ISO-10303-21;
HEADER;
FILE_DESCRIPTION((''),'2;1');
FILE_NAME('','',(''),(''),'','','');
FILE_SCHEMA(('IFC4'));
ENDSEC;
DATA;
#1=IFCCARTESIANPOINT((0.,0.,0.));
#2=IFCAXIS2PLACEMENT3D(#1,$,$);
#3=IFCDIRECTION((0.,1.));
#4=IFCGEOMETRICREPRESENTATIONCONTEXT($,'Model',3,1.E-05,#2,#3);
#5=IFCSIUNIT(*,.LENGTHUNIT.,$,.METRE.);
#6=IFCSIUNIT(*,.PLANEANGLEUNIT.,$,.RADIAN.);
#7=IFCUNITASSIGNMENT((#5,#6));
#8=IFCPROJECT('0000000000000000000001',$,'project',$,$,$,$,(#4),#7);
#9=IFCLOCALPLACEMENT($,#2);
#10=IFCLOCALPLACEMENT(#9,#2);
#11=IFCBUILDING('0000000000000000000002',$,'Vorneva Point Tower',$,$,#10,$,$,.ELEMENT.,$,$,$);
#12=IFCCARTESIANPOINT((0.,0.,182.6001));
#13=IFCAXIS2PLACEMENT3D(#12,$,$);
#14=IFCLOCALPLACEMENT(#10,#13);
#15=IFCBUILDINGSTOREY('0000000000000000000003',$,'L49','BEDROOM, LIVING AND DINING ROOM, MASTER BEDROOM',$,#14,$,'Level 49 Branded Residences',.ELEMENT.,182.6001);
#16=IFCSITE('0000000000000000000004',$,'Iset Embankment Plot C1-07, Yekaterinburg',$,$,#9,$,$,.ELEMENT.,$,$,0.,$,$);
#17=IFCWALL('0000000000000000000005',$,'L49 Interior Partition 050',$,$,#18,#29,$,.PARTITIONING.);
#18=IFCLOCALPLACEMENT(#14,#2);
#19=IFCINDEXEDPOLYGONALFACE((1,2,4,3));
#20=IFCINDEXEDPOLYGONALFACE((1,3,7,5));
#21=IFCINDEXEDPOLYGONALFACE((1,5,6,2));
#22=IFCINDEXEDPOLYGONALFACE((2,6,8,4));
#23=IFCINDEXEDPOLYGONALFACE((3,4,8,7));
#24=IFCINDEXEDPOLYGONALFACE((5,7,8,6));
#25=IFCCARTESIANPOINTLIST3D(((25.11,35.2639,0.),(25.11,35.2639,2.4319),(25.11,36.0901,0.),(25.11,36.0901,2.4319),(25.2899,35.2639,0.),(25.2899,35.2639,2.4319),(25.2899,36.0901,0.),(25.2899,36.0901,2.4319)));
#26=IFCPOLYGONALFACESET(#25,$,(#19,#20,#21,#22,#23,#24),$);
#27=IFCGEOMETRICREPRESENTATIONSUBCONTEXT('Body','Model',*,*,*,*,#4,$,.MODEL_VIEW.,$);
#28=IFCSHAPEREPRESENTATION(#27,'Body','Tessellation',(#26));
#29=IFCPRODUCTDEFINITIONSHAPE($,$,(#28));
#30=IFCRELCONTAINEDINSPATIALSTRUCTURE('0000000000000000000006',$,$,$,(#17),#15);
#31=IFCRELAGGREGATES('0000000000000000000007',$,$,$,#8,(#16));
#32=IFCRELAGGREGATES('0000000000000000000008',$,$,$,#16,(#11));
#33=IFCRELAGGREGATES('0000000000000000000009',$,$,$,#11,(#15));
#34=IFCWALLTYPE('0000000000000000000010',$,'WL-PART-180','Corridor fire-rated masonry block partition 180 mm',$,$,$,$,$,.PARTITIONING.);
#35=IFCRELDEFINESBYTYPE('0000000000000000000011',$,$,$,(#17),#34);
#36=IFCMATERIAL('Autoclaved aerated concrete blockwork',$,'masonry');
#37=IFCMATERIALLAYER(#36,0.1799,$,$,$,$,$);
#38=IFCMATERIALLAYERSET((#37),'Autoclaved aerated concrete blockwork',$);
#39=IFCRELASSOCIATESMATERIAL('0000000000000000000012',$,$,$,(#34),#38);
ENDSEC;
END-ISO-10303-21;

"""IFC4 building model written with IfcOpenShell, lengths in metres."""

from ifc_helpers import new_model, si_unit, direction, frame, frame_2d, origin, place, context, subcontext, project, spatial, rectangle, extrude, material, layer, layer_set, type_object, element, save


model = new_model("IFC4")

# Units and contexts
model_context = context("Model", 3, precision=1e-05, world=origin(), true_north=direction((0.0, 1.0)))
body_context = subcontext(model_context, "Body", "Model", "MODEL_VIEW")
ifc_project = project(units=[si_unit("LENGTHUNIT", "METRE"), si_unit("PLANEANGLEUNIT", "RADIAN")], contexts=[model_context])

# Site, building, storey
site_placement = place(None, origin())
site = spatial("IfcSite", under=ifc_project, at=site_placement, Name="Iset Embankment Plot C1-07, Yekaterinburg", CompositionType="ELEMENT", RefElevation=0.0)
building_placement = place(site_placement, origin())
building = spatial("IfcBuilding", under=site, at=building_placement, Name="Vorneva Point Tower", CompositionType="ELEMENT")
storey_placement = place(building_placement, frame((0.0, 0.0, 182.6001)))
storey = spatial("IfcBuildingStorey", under=building, at=storey_placement, Name="L49", Description="BEDROOM, LIVING AND DINING ROOM, MASTER BEDROOM", LongName="Level 49 Branded Residences", CompositionType="ELEMENT", Elevation=182.6001)

# Shared definitions
ifc_material_1 = material(Name="Autoclaved aerated concrete blockwork", Category="masonry")
ifc_layer_1 = layer(ifc_material_1, 0.1799)
ifc_layer_set_1 = layer_set([ifc_layer_1], Name="Autoclaved aerated concrete blockwork")
wall_type_1 = type_object("IfcWallType", Name="WL-PART-180", Description="Corridor fire-rated masonry block partition 180 mm", PredefinedType="PARTITIONING", material=ifc_layer_set_1)

# Wall
wall_1_placement = place(storey_placement, frame((25.2, 36.0901, 0.0), z_axis=(0.0, 0.0, 1.0), x_axis=(0.0, -1.0, 0.0)))
element("IfcWall", 1, at=wall_1_placement, inside=storey, type_object=wall_type_1, Name="L49 Interior Partition 050", PredefinedType="PARTITIONING", context=body_context, shape_type="SweptSolid", body=[
    extrude(rectangle(XDim=0.8262, YDim=0.1799, at=frame_2d((0.4131, 0.0))), origin(), (0.0, 0.0, 1.0), 2.4319),
])

save(model, "model.ifc")
